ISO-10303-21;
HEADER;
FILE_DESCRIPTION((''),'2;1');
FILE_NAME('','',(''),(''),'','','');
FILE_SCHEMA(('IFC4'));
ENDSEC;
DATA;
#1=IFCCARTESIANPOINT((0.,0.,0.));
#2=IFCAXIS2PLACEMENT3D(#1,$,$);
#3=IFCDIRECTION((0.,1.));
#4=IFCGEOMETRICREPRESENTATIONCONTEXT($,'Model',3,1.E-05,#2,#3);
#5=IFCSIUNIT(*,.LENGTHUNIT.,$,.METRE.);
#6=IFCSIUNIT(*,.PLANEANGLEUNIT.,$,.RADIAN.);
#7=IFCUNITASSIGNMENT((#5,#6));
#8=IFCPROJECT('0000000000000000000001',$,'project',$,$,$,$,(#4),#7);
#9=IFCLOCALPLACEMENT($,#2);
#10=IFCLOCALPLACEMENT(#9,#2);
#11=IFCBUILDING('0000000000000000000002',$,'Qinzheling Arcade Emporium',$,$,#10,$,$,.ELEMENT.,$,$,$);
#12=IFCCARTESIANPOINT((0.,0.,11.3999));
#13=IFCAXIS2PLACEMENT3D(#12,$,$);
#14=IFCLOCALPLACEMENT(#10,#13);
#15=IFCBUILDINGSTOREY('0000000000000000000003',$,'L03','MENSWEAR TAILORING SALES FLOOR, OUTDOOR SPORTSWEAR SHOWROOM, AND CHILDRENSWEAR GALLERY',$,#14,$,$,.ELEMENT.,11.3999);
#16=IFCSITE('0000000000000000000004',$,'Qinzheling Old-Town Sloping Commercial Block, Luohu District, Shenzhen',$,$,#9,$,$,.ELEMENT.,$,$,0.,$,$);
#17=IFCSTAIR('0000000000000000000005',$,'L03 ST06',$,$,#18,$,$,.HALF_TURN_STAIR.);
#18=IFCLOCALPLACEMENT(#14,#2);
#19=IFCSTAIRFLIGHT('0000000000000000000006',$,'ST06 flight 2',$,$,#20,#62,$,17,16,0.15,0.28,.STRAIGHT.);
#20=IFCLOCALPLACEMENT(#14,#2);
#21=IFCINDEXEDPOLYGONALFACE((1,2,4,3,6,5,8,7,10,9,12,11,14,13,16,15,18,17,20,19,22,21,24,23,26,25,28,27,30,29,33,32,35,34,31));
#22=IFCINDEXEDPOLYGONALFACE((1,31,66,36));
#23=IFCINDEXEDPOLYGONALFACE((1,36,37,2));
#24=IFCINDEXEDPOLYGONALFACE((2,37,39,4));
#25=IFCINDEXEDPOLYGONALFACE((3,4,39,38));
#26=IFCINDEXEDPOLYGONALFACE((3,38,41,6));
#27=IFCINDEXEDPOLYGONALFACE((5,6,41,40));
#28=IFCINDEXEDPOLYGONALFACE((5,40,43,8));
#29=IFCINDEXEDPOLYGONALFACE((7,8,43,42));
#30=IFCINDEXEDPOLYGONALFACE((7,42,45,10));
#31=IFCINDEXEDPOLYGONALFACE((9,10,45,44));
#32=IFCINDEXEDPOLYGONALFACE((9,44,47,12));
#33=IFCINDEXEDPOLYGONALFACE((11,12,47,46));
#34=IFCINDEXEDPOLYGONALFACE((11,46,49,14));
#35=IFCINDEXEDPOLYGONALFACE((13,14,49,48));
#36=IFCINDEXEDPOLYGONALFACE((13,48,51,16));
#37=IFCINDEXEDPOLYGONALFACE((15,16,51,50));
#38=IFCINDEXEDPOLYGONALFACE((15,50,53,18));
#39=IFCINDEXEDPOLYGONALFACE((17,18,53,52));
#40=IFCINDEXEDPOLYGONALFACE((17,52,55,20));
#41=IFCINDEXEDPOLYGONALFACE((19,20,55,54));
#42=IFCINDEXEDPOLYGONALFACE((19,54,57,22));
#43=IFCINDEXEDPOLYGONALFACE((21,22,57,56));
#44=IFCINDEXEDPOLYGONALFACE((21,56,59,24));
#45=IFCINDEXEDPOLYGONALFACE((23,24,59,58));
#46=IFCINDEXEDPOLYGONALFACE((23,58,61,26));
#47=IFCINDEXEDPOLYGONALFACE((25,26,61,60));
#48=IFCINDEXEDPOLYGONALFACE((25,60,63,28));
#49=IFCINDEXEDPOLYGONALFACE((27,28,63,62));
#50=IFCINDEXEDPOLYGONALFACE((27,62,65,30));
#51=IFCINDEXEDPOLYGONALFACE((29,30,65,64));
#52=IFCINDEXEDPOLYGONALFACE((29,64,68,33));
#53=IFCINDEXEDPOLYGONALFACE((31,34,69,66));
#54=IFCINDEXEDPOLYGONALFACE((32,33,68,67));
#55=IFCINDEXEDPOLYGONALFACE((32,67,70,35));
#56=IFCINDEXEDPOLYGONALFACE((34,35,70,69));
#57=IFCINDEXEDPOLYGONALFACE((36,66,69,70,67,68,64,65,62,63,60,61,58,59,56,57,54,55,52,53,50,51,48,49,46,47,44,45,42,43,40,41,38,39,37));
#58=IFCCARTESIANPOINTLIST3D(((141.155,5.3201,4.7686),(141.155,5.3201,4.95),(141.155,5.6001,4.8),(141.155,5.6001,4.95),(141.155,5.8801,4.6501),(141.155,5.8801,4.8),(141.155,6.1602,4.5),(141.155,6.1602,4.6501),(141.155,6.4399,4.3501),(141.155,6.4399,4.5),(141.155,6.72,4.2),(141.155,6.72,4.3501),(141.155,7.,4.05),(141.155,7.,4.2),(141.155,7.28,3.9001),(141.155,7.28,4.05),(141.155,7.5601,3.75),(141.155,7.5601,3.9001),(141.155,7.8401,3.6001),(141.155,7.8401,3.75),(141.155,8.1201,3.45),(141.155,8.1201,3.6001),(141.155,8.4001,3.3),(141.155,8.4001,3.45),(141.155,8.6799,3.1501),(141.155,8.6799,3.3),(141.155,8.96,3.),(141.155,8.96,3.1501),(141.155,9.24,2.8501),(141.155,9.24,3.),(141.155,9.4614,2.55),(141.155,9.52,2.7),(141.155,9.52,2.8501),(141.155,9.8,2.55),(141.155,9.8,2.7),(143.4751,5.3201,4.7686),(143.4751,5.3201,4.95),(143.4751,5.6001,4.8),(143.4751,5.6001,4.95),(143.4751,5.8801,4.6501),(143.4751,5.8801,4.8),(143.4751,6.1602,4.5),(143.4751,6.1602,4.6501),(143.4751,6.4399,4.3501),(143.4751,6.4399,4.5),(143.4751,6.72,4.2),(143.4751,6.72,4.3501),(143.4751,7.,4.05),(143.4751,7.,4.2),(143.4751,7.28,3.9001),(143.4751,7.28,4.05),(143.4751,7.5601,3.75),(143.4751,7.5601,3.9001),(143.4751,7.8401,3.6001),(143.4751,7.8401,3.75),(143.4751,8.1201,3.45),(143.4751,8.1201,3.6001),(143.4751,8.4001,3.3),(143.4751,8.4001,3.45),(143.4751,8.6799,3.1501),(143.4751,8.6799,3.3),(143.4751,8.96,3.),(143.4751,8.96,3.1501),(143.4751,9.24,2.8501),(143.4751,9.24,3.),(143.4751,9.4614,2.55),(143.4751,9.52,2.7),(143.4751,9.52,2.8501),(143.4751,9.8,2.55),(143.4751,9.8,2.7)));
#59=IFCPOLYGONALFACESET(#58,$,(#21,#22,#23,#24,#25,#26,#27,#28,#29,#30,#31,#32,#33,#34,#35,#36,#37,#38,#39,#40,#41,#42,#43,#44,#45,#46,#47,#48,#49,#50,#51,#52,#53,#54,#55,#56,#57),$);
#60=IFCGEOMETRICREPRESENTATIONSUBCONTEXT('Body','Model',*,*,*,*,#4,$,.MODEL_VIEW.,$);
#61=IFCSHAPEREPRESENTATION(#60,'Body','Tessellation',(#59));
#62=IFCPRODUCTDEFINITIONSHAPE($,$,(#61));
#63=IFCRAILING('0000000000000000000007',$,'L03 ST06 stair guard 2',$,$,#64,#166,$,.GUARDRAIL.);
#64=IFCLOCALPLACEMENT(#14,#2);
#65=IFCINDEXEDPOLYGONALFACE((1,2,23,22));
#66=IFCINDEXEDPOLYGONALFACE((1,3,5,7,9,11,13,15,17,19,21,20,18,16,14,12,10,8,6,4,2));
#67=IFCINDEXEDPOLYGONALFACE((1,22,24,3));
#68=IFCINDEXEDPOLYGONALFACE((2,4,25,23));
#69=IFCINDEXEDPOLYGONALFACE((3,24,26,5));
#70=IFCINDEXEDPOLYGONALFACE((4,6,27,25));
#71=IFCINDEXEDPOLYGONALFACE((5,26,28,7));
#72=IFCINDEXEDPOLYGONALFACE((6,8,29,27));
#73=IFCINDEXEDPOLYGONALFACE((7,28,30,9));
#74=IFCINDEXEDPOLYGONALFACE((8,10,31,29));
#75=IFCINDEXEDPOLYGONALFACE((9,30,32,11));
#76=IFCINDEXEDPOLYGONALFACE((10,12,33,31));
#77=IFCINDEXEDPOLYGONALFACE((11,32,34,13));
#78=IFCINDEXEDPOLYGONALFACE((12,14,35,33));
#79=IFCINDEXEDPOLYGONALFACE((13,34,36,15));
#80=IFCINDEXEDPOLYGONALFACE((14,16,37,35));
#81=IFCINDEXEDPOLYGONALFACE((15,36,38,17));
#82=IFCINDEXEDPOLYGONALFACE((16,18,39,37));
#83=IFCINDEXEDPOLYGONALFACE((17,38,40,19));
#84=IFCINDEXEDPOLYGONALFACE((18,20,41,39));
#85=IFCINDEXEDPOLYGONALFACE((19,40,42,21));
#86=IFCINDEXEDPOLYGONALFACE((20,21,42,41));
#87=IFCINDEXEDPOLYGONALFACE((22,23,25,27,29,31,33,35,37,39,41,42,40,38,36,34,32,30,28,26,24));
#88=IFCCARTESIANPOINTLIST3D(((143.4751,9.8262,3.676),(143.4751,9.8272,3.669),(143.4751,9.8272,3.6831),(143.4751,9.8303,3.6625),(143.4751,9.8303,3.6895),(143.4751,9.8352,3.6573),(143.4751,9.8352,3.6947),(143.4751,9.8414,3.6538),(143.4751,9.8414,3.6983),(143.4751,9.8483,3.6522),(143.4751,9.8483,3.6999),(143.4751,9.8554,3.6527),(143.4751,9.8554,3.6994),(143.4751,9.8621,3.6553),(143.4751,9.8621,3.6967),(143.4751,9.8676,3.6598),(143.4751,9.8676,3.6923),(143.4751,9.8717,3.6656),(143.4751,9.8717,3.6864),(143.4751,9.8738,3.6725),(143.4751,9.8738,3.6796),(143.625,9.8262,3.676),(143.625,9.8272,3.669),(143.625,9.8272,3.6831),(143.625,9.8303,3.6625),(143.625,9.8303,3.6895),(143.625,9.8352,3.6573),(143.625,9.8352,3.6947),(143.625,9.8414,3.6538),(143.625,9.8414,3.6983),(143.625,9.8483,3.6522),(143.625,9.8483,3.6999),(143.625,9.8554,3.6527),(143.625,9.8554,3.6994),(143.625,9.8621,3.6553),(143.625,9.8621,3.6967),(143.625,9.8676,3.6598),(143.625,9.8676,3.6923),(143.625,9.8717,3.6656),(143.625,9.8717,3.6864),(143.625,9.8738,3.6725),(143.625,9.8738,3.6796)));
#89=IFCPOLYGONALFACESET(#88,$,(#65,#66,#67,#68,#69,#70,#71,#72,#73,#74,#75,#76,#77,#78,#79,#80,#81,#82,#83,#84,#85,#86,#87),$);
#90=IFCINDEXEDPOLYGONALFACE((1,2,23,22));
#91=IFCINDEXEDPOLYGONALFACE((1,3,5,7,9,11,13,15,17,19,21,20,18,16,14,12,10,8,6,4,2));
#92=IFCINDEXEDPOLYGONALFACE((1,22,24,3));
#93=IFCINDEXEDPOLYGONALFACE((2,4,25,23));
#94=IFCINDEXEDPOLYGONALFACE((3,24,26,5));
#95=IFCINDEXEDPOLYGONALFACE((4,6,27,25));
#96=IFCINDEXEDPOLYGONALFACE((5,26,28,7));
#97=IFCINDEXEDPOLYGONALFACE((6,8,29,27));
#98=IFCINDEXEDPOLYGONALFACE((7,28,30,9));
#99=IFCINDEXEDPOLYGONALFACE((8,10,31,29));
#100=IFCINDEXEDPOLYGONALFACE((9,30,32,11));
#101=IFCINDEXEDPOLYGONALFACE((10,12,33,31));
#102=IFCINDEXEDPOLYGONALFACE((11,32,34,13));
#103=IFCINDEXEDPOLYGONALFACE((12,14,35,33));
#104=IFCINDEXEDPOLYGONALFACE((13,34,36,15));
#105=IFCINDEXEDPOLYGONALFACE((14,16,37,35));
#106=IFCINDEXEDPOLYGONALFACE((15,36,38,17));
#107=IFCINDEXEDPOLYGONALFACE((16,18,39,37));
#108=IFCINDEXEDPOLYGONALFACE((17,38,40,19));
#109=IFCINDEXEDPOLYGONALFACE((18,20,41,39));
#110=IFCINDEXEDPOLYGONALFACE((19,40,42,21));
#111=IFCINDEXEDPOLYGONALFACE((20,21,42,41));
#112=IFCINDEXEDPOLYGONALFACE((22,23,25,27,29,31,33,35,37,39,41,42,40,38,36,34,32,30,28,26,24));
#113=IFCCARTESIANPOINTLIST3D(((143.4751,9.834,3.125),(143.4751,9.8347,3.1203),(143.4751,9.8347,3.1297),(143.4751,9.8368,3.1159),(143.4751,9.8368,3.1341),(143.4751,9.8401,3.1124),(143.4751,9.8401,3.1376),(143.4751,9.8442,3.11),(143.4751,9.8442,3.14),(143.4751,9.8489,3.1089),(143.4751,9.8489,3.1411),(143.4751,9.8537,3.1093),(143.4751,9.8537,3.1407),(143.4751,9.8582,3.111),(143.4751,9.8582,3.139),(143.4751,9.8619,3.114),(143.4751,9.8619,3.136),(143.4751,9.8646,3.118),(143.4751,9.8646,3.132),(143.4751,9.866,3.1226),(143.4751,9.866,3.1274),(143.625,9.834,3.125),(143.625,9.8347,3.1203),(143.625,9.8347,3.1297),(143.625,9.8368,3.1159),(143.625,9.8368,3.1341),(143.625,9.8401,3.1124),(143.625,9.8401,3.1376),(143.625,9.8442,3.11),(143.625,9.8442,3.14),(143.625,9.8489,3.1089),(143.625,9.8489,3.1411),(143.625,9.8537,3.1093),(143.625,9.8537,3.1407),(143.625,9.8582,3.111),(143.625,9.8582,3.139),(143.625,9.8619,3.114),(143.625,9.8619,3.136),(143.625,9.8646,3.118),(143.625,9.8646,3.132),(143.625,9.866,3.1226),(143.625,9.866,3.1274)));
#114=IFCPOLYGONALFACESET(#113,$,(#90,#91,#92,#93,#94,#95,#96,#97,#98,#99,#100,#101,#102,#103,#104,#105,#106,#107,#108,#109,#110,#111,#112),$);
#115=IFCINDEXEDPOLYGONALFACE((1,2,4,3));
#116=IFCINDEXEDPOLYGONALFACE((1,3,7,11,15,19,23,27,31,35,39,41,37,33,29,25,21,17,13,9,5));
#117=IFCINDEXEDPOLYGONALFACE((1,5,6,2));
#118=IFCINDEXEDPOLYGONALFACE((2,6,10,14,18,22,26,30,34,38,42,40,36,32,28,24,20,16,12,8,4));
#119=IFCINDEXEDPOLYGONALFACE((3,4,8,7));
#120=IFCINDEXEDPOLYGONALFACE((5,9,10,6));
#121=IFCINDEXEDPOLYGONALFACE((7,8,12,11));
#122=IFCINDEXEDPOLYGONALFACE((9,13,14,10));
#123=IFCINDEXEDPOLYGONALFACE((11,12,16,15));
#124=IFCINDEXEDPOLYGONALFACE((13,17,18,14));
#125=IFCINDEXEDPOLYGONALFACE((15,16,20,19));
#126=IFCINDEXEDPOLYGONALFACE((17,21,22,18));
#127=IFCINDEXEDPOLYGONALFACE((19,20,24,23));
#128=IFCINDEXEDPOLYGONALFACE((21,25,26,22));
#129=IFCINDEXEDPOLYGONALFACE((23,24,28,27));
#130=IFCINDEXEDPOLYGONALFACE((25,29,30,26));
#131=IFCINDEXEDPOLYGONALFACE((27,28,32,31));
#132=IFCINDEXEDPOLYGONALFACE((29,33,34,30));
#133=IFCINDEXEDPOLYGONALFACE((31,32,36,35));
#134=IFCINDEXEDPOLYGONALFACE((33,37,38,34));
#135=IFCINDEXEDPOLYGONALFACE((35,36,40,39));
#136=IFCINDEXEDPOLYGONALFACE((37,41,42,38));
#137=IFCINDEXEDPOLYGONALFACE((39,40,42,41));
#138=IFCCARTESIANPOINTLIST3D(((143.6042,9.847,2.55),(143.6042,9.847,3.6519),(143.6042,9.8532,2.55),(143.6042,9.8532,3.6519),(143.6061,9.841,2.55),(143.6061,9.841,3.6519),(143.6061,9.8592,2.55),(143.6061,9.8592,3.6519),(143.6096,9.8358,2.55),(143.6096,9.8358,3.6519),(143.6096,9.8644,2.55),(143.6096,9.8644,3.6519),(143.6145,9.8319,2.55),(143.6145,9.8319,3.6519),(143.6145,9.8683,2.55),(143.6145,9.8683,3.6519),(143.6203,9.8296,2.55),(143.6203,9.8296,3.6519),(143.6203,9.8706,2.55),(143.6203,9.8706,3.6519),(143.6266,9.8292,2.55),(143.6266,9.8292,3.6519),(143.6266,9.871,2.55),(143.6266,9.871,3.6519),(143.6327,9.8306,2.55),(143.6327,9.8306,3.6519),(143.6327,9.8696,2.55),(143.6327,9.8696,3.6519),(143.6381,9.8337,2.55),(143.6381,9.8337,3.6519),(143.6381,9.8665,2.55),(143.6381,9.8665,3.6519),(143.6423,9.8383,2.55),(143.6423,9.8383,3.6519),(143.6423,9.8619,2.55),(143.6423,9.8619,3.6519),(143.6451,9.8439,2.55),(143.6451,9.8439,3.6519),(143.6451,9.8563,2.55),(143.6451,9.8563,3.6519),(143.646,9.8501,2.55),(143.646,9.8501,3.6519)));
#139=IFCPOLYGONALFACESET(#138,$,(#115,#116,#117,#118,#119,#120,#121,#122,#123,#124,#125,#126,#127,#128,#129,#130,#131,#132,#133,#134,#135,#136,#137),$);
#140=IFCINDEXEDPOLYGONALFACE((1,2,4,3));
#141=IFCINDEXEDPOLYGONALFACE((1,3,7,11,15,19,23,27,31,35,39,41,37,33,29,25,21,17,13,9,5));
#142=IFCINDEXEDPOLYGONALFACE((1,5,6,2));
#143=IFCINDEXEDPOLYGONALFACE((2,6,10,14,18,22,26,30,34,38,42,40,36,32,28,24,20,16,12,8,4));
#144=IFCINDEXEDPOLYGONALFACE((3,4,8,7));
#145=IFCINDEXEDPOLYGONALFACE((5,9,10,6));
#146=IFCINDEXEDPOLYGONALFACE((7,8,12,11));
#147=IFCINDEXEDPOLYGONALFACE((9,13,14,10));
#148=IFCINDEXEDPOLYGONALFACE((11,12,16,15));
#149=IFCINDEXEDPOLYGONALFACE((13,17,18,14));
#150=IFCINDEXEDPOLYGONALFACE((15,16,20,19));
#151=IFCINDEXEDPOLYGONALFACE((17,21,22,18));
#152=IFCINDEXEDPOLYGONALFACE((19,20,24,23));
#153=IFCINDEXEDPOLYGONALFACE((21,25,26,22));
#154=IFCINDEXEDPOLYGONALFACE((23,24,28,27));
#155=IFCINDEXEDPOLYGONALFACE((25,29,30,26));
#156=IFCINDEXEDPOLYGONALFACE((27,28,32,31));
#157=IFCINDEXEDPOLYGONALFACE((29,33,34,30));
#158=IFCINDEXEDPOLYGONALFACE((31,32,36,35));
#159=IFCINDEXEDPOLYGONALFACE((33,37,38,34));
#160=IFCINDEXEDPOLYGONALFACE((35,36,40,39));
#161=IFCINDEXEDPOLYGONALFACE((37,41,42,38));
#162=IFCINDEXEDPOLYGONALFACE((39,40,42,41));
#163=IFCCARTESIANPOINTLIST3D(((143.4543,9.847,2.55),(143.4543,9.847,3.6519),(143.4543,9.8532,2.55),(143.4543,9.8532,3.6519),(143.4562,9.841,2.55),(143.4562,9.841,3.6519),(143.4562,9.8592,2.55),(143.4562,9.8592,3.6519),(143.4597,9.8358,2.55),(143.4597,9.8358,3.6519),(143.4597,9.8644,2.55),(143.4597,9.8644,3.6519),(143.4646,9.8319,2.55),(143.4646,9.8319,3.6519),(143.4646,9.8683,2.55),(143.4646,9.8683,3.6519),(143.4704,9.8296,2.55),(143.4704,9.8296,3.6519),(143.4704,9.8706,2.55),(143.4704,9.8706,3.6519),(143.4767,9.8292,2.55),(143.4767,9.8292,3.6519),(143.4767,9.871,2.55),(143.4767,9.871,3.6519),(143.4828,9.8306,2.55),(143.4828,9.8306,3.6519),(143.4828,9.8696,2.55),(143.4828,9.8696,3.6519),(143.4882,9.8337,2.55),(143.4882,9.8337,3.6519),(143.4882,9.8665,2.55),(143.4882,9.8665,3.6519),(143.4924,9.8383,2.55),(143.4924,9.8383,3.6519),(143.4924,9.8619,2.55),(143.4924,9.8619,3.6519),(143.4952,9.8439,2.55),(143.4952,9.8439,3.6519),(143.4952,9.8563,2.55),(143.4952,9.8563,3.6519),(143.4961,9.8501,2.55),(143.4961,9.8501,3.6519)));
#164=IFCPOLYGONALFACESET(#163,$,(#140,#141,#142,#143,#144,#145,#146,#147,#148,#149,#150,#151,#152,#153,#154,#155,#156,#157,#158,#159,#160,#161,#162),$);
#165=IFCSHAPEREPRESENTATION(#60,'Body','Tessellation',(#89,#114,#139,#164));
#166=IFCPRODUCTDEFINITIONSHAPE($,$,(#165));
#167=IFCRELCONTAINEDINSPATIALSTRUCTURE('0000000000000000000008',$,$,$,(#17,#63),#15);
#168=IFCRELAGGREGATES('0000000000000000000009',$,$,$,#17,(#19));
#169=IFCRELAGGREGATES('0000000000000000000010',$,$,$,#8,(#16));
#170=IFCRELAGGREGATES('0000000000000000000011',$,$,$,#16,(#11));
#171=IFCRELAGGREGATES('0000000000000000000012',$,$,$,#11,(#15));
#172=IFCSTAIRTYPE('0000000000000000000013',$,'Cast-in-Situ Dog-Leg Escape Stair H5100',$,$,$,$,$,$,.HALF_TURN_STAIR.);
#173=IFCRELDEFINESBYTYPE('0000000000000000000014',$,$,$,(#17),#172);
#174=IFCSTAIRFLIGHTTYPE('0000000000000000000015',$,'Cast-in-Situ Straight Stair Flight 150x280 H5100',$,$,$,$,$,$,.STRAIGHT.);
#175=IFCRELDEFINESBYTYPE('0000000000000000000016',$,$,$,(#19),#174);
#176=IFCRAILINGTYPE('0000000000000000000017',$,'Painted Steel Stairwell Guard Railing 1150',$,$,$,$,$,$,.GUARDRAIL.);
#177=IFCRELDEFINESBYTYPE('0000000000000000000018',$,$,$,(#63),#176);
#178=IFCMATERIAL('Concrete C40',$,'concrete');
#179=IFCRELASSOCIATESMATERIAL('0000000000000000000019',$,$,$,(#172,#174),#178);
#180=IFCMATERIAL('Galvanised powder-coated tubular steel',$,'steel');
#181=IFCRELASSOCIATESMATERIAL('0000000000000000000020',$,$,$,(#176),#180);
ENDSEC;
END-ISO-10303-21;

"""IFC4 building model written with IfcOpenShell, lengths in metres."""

from ifc_helpers import new_model, si_unit, direction, frame, origin, origin_2d, place, context, subcontext, project, spatial, polyline, circle, outline, extrude, material, type_object, element, aggregate, save


model = new_model("IFC4")

# Units and contexts
model_context = context("Model", 3, precision=1e-05, world=origin(), true_north=direction((0.0, 1.0)))
body_context = subcontext(model_context, "Body", "Model", "MODEL_VIEW")
ifc_project = project(units=[si_unit("LENGTHUNIT", "METRE"), si_unit("PLANEANGLEUNIT", "RADIAN")], contexts=[model_context])

# Site, building, storey
site_placement = place(None, origin())
site = spatial("IfcSite", under=ifc_project, at=site_placement, Name="Qinzheling Old-Town Sloping Commercial Block, Luohu District, Shenzhen", CompositionType="ELEMENT", RefElevation=0.0)
building_placement = place(site_placement, origin())
building = spatial("IfcBuilding", under=site, at=building_placement, Name="Qinzheling Arcade Emporium", CompositionType="ELEMENT")
storey_placement = place(building_placement, frame((0.0, 0.0, 11.3999)))
storey = spatial("IfcBuildingStorey", under=building, at=storey_placement, Name="L03", Description="MENSWEAR TAILORING SALES FLOOR, OUTDOOR SPORTSWEAR SHOWROOM, AND CHILDRENSWEAR GALLERY", CompositionType="ELEMENT", Elevation=11.3999)

# Shared definitions
ifc_material_1 = material(Name="Concrete C40", Category="concrete")

# Stair, stair flight
stair_type = type_object("IfcStairType", Name="Cast-in-Situ Dog-Leg Escape Stair H5100", PredefinedType="HALF_TURN_STAIR", material=ifc_material_1)
stair_placement = place(storey_placement, origin())
stair = element("IfcStair", 1, at=stair_placement, inside=storey, type_object=stair_type, Name="L03 ST06", PredefinedType="HALF_TURN_STAIR")
stair_flight_type = type_object("IfcStairFlightType", Name="Cast-in-Situ Straight Stair Flight 150x280 H5100", PredefinedType="STRAIGHT", material=ifc_material_1)
stair_flight_placement = place(storey_placement, frame((142.3149, 9.8, 2.55), z_axis=(0.0, 0.0, 1.0), x_axis=(0.0, -1.0, 0.0)))
stair_flight = element("IfcStairFlight", 2, at=stair_flight_placement, type_object=stair_flight_type, Name="ST06 flight 2", NumberOfRisers=17, NumberOfTreads=16, PredefinedType="STRAIGHT", RiserHeight=0.15, TreadLength=0.28, context=body_context, shape_type="SweptSolid", body=[
    extrude(outline(polyline([(0.0, 0.0), (0.0, 0.1499), (0.28, 0.1499), (0.28, 0.3), (0.5601, 0.3), (0.5601, 0.45), (0.8401, 0.45), (0.8401, 0.6001), (1.1201, 0.6001), (1.1201, 0.75), (1.3999, 0.75), (1.3999, 0.8999), (1.6799, 0.8999), (1.6799, 1.05), (1.96, 1.05), (1.96, 1.2), (2.24, 1.2), (2.24, 1.3501), (2.52, 1.3501), (2.52, 1.5), (2.8, 1.5), (2.8, 1.6499), (3.0801, 1.6499), (3.0801, 1.8), (3.3601, 1.8), (3.3601, 1.95), (3.6399, 1.95), (3.6399, 2.1001), (3.9199, 2.1001), (3.9199, 2.25), (4.2, 2.25), (4.2, 2.3999), (4.48, 2.3999), (4.48, 2.55), (4.48, 2.2185), (0.3386, 0.0), (0.0, 0.0)])), frame((0.0, 1.1602, 0.0), z_axis=(0.0, -1.0, 0.0), x_axis=(1.0, 0.0, 0.0)), (0.0, 0.0, 1.0), 2.3201),
])
aggregate(stair, [stair_flight])

# Railing
ifc_material_2 = material(Name="Galvanised powder-coated tubular steel", Category="steel")
railing_type_1 = type_object("IfcRailingType", Name="Painted Steel Stairwell Guard Railing 1150", PredefinedType="GUARDRAIL", material=ifc_material_2)
railing_1_placement = place(storey_placement, frame((143.625, 9.8501, 2.55)))
element("IfcRailing", 3, at=railing_1_placement, inside=storey, type_object=railing_type_1, Name="L03 ST06 stair guard 2", PredefinedType="GUARDRAIL", context=body_context, shape_type="SweptSolid", body=[
    extrude(circle(Radius=0.0239, at=origin_2d()), frame((0.0, 0.0, 1.126), z_axis=(-1.0, 0.0, 0.0), x_axis=(0.0, -1.0, 0.0)), (0.0, 0.0, 1.0), 0.1499),
    extrude(circle(Radius=0.0161, at=origin_2d()), frame((0.0, 0.0, 0.575), z_axis=(-1.0, 0.0, 0.0), x_axis=(0.0, -1.0, 0.0)), (0.0, 0.0, 1.0), 0.1499),
    extrude(circle(Radius=0.021, at=origin_2d()), origin(), (0.0, 0.0, 1.0), 1.1018),
    extrude(circle(Radius=0.021, at=origin_2d()), frame((-0.1499, 0.0, 0.0)), (0.0, 0.0, 1.0), 1.1018),
])

save(model, "model.ifc")
